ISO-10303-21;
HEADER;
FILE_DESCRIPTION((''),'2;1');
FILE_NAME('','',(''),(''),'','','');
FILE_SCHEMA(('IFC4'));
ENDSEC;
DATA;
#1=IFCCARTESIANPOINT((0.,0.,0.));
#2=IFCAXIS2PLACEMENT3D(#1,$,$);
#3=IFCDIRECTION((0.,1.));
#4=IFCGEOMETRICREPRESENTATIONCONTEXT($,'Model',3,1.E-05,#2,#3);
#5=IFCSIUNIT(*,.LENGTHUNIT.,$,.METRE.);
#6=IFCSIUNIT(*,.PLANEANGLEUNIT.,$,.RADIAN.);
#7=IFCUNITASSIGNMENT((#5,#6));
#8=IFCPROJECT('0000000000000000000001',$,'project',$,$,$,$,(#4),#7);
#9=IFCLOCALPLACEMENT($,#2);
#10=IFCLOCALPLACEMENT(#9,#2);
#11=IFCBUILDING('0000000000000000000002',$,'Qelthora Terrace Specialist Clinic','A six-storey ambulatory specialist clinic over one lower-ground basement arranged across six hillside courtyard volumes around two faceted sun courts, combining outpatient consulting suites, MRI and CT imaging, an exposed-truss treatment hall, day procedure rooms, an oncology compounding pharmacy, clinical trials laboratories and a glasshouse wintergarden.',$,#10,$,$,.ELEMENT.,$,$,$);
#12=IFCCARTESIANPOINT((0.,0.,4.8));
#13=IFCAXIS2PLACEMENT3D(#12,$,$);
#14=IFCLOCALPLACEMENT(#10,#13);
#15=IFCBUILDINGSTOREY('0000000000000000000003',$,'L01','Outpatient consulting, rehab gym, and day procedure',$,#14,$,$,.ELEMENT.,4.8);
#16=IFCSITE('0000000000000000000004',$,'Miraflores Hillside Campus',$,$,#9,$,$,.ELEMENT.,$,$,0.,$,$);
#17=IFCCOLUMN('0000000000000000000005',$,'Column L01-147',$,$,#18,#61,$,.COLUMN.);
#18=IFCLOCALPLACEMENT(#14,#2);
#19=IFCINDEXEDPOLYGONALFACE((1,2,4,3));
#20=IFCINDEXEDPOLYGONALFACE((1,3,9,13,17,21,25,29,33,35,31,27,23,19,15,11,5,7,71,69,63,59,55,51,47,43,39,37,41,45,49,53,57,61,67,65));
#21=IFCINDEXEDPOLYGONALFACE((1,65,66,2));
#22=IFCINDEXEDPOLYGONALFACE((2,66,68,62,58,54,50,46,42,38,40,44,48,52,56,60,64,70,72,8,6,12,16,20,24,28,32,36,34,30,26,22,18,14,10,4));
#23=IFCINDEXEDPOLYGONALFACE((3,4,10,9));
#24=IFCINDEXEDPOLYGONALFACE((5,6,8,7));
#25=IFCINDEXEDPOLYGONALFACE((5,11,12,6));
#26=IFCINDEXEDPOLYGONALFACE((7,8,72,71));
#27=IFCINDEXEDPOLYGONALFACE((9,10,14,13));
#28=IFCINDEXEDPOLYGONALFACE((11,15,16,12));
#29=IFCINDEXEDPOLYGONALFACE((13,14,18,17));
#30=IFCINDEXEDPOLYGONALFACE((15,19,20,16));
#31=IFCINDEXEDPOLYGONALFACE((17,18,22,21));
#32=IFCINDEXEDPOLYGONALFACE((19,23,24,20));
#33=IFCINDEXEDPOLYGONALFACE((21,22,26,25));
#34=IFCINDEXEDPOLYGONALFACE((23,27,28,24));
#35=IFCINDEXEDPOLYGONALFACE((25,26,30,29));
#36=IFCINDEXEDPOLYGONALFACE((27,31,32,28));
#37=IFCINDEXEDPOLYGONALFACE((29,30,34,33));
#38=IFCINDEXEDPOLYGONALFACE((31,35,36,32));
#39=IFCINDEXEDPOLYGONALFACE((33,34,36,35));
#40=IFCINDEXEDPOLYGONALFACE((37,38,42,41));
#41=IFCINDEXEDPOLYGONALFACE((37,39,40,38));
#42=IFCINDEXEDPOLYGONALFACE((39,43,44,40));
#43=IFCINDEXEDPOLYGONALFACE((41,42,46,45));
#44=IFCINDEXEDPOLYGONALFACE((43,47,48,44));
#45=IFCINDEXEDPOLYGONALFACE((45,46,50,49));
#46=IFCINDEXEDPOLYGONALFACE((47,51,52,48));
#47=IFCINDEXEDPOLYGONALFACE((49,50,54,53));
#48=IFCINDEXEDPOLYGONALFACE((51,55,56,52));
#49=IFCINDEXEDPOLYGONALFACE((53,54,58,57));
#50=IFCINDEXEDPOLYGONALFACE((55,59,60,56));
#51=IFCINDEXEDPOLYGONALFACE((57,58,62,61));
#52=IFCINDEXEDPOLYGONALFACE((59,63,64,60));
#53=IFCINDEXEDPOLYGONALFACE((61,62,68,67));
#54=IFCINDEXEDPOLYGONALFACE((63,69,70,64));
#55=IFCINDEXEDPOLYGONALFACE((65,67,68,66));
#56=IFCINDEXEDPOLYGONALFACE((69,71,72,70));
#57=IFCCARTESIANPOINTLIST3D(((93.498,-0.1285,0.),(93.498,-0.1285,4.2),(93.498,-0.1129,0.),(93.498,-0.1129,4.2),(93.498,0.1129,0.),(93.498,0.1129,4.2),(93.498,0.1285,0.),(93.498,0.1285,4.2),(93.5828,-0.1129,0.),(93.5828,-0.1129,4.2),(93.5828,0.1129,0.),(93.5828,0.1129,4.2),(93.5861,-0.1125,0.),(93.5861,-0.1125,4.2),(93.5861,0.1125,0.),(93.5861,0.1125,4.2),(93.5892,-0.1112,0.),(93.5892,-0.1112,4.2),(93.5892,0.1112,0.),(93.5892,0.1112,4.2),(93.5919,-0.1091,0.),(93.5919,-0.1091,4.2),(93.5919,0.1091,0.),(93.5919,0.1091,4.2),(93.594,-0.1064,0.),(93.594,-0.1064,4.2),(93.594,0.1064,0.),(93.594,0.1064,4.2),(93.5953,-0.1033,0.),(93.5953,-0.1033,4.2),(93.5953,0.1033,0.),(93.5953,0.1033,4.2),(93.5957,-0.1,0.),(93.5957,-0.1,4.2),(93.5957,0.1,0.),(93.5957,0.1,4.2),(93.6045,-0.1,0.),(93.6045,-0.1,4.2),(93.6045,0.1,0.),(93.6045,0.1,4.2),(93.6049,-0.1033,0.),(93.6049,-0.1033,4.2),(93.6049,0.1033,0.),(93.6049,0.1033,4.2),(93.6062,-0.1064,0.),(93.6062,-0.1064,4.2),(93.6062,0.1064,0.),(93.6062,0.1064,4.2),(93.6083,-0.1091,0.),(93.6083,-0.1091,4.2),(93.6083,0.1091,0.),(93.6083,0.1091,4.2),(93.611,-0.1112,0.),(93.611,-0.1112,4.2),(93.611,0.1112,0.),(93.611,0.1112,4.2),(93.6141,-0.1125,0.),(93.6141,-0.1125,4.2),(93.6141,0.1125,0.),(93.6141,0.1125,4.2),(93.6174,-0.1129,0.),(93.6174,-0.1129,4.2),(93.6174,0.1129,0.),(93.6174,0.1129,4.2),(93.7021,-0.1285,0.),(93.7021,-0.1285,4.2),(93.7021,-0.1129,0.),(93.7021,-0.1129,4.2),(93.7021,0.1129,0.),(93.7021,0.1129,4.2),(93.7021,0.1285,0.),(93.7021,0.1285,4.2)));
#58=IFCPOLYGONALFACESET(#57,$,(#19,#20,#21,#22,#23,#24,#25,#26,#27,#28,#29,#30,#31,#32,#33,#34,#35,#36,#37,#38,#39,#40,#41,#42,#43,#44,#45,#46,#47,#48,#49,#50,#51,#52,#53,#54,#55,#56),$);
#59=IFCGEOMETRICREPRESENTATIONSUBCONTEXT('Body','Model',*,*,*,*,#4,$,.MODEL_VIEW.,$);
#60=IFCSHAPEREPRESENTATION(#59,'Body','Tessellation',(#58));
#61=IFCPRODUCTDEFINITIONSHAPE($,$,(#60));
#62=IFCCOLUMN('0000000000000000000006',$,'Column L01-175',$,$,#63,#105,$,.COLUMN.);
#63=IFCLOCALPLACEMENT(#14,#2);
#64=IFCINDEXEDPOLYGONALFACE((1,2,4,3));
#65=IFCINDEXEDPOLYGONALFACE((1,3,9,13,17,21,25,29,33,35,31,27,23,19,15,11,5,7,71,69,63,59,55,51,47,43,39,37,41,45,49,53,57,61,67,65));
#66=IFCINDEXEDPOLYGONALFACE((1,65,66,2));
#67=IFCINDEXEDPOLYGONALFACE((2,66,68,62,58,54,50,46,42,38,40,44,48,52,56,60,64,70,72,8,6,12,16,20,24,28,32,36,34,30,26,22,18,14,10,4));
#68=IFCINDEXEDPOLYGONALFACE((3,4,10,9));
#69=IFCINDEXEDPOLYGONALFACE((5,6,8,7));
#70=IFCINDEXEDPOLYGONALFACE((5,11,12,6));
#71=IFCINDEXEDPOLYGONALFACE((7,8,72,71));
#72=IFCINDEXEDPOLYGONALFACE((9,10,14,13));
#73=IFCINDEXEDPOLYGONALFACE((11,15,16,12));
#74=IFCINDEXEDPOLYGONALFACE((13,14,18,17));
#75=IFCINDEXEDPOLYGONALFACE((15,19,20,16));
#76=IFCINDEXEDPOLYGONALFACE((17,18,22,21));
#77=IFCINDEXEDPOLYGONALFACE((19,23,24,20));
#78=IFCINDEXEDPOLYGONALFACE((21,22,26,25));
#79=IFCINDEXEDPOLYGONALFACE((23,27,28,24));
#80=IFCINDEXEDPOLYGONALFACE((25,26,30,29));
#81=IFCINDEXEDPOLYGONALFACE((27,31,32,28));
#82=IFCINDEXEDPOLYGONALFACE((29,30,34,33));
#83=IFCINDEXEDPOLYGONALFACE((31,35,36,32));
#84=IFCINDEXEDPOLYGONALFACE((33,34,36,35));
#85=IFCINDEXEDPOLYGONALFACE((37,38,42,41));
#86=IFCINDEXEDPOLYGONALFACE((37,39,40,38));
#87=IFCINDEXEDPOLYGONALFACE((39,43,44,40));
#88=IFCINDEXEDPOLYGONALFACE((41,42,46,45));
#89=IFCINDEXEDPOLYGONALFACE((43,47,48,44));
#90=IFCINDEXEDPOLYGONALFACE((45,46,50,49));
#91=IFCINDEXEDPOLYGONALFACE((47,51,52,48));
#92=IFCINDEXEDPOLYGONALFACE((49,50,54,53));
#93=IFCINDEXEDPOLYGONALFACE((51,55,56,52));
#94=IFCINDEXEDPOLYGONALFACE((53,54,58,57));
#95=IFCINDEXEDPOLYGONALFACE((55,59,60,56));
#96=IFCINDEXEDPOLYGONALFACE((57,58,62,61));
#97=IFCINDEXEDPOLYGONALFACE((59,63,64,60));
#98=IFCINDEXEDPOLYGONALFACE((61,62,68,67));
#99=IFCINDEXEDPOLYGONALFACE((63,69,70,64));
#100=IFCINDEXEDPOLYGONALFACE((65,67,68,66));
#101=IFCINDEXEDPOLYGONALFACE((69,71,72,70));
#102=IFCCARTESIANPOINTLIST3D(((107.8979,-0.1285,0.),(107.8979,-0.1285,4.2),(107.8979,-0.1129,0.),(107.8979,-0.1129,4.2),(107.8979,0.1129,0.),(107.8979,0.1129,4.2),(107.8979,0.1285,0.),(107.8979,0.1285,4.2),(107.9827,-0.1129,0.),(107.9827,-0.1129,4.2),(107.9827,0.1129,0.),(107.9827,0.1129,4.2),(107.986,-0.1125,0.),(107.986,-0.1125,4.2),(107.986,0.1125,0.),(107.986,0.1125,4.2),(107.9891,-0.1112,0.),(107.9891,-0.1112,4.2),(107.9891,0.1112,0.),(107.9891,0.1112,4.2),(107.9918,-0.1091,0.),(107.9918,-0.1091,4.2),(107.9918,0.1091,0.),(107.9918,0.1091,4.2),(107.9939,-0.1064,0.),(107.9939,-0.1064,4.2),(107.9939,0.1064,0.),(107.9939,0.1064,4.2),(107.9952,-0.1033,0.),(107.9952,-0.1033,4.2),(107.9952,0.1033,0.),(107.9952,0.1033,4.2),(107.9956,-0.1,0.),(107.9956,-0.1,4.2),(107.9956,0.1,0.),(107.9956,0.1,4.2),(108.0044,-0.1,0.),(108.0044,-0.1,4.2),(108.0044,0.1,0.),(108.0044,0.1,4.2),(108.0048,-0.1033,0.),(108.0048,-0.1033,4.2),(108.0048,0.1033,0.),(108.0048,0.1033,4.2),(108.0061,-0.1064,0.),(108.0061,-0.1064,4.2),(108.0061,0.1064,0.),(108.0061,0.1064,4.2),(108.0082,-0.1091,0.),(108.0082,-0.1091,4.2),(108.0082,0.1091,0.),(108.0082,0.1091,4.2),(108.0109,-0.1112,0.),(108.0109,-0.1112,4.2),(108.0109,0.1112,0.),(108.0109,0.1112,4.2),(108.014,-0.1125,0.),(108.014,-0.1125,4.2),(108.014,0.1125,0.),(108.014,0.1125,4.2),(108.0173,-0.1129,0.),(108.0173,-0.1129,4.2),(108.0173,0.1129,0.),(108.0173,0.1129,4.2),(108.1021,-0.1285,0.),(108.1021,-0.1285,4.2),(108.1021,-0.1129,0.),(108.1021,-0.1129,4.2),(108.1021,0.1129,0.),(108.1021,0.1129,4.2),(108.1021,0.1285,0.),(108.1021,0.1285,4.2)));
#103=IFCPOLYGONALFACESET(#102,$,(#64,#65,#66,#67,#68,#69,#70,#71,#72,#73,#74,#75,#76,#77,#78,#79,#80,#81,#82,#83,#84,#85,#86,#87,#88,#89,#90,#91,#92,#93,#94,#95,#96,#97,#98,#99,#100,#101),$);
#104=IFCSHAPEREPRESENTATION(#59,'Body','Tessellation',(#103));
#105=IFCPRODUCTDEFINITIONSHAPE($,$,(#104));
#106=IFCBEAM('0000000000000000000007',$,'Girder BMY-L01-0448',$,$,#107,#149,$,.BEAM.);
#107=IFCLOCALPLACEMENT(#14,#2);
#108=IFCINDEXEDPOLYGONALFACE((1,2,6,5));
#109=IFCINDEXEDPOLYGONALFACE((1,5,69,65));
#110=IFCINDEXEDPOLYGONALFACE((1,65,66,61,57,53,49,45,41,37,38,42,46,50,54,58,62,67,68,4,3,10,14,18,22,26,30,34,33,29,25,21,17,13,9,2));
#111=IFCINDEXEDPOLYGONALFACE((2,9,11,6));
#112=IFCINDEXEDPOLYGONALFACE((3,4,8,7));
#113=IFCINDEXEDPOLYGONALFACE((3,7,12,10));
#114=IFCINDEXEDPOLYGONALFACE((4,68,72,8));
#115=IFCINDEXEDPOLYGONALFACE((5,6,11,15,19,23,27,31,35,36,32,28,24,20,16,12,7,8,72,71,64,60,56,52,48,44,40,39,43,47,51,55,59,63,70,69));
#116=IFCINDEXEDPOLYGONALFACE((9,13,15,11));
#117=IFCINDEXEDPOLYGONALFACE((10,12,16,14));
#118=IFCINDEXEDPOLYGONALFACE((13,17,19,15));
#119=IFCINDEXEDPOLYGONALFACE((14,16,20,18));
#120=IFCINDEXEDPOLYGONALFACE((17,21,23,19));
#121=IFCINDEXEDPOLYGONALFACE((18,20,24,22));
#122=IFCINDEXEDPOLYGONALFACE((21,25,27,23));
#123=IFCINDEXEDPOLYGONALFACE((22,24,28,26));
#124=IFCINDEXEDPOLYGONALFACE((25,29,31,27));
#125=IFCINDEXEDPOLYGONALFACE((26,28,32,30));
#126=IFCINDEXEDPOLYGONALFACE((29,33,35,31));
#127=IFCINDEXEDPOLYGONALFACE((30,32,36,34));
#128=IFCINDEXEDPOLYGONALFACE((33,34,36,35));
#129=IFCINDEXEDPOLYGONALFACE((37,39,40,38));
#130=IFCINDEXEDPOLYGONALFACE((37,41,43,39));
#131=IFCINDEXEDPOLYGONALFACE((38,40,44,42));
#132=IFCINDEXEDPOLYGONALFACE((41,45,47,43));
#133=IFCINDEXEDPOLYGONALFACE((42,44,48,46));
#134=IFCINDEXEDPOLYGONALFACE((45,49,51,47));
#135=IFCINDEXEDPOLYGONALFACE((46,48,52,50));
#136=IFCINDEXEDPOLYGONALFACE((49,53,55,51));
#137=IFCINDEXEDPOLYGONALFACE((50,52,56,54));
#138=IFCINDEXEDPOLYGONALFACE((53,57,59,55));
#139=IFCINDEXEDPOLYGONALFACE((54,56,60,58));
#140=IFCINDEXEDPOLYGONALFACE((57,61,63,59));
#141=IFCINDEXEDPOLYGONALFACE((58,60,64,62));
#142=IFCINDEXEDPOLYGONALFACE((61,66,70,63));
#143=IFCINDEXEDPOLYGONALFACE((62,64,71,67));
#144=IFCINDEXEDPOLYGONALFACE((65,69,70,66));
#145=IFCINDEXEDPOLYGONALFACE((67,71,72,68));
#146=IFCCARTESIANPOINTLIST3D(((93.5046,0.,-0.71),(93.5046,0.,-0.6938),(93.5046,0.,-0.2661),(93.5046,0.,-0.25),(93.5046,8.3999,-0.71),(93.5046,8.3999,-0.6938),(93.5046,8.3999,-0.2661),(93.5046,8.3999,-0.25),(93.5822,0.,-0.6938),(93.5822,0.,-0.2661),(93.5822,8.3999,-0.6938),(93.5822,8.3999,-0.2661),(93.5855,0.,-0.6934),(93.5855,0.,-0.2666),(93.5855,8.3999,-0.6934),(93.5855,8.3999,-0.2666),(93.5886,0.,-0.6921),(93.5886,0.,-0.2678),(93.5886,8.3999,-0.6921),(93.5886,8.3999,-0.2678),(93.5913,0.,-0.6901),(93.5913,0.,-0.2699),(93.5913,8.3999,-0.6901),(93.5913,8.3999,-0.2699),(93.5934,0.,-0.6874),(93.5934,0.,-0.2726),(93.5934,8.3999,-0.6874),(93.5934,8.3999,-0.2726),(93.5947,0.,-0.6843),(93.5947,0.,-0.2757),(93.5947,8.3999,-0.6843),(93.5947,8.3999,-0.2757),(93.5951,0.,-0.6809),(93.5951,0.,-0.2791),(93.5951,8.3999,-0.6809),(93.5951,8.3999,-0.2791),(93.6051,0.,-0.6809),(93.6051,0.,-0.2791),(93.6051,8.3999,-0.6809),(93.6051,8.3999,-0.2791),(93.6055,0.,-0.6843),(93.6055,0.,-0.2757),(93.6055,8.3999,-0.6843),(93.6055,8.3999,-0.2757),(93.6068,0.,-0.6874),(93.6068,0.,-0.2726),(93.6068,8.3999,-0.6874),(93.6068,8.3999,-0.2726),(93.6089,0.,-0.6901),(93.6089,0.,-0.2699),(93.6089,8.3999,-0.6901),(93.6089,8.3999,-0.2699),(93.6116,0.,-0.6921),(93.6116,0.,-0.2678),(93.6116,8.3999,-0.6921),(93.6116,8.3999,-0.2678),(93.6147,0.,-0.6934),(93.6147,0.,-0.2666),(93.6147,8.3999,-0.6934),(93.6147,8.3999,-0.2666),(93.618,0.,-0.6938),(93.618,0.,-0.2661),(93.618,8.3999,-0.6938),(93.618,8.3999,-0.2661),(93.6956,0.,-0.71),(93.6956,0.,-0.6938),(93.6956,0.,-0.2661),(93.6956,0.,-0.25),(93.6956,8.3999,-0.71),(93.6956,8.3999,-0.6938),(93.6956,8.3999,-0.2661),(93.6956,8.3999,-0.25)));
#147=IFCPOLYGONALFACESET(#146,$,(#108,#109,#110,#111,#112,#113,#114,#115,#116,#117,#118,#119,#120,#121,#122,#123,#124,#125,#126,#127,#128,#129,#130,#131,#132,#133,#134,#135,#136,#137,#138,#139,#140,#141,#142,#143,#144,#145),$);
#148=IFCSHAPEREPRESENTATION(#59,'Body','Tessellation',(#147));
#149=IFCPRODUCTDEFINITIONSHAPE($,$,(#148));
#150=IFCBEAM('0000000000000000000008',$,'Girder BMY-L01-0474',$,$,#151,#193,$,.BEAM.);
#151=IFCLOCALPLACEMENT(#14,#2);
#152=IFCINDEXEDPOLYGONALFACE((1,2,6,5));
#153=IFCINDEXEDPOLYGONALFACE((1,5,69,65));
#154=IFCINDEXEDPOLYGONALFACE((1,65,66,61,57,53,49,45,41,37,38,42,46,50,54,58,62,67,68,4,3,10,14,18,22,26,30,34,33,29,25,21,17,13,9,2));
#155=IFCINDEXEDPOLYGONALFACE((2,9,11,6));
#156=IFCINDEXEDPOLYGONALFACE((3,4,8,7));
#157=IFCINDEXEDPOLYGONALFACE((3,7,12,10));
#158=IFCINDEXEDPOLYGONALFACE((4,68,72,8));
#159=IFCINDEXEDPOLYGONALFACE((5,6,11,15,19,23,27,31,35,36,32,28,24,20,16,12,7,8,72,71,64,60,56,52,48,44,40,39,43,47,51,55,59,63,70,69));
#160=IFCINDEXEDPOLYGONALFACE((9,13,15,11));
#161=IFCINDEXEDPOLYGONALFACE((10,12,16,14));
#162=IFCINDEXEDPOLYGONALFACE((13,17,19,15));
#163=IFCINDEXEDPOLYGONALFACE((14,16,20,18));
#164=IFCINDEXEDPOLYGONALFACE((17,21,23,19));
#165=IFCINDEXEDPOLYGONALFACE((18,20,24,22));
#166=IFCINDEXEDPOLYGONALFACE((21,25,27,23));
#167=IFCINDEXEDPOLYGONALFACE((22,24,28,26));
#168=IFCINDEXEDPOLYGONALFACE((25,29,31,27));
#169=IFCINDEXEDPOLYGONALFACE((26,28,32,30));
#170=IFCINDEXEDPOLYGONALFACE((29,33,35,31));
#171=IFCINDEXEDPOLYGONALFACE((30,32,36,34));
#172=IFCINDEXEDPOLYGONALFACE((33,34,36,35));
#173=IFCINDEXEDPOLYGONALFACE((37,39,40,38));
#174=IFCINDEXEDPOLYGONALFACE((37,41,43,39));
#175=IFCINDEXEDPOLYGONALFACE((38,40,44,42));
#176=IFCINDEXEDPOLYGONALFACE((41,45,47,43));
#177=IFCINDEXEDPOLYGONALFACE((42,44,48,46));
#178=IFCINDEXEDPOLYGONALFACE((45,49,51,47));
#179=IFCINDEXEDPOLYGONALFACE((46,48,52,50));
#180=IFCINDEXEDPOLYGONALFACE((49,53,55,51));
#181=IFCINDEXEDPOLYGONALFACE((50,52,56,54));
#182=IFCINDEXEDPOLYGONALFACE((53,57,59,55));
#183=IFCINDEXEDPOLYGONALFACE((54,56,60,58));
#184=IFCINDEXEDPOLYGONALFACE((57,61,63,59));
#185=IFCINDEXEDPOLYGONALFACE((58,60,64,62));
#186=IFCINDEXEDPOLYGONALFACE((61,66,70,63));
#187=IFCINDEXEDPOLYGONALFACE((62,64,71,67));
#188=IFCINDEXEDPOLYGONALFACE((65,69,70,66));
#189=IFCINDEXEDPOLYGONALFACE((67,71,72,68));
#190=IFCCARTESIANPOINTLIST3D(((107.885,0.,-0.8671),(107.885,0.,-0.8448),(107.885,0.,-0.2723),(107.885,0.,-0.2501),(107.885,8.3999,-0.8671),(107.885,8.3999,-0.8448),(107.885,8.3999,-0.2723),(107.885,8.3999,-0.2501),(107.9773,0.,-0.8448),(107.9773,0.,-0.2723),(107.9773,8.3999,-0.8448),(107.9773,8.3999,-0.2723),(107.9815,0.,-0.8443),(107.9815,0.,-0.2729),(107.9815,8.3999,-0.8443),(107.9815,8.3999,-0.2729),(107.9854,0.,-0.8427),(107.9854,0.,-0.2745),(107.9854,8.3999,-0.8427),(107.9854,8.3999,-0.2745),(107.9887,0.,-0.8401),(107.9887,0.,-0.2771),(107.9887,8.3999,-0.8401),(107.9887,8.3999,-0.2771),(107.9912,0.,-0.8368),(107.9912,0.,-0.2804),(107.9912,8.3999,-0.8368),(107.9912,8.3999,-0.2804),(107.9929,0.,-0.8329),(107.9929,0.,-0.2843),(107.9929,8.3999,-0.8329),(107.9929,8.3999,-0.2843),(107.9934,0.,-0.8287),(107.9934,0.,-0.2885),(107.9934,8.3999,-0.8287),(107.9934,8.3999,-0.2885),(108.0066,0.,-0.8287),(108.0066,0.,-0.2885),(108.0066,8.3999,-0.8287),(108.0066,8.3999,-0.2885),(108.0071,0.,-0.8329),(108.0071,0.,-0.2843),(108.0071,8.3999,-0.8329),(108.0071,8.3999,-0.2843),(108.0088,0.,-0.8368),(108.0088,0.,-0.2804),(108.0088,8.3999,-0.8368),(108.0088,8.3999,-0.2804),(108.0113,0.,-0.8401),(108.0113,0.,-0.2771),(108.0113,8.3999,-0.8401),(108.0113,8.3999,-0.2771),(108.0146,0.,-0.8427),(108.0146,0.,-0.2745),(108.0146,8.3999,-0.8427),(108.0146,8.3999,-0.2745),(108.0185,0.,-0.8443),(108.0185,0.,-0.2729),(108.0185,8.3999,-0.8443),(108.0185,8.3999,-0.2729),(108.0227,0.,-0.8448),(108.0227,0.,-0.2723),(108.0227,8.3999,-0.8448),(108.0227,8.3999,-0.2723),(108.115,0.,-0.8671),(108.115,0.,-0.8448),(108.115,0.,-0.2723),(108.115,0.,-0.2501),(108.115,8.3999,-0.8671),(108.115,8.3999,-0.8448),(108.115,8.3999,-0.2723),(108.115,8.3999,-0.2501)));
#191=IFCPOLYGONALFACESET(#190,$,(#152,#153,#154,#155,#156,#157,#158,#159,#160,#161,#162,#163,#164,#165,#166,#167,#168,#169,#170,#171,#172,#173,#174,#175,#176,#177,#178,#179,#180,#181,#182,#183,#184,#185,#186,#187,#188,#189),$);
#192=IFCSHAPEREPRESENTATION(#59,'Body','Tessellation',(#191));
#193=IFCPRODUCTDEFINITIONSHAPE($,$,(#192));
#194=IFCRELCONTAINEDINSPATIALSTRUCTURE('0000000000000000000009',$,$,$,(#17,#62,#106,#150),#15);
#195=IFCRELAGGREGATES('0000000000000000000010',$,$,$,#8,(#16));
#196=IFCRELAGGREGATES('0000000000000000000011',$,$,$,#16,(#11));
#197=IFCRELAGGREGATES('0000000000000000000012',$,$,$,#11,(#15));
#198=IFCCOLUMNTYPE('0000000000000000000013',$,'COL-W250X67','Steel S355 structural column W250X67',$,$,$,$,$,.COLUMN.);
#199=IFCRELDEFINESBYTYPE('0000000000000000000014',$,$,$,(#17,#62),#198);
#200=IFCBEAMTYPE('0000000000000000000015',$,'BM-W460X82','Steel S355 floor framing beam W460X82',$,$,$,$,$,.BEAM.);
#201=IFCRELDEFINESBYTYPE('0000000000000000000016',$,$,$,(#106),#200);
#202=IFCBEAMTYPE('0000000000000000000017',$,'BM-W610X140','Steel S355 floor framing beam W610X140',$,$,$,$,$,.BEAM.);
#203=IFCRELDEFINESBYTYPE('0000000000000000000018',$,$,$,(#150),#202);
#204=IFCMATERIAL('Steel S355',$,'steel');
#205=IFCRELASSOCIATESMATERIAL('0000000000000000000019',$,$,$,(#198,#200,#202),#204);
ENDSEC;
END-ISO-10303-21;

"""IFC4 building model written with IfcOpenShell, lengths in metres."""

from ifc_helpers import new_model, si_unit, direction, frame, origin, origin_2d, place, context, subcontext, project, spatial, i_section, extrude, material, material_profile, profile_set, type_object, element, save


model = new_model("IFC4")

# Units and contexts
model_context = context("Model", 3, precision=1e-05, world=origin(), true_north=direction((0.0, 1.0)))
body_context = subcontext(model_context, "Body", "Model", "MODEL_VIEW")
ifc_project = project(units=[si_unit("LENGTHUNIT", "METRE"), si_unit("PLANEANGLEUNIT", "RADIAN")], contexts=[model_context])

# Site, building, storey
site_placement = place(None, origin())
site = spatial("IfcSite", under=ifc_project, at=site_placement, Name="Miraflores Hillside Campus", CompositionType="ELEMENT", RefElevation=0.0)
building_placement = place(site_placement, origin())
building = spatial("IfcBuilding", under=site, at=building_placement, Name="Qelthora Terrace Specialist Clinic", Description="A six-storey ambulatory specialist clinic over one lower-ground basement arranged across six hillside courtyard volumes around two faceted sun courts, combining outpatient consulting suites, MRI and CT imaging, an exposed-truss treatment hall, day procedure rooms, an oncology compounding pharmacy, clinical trials laboratories and a glasshouse wintergarden.", CompositionType="ELEMENT")
storey_placement = place(building_placement, frame((0.0, 0.0, 4.8)))
storey = spatial("IfcBuildingStorey", under=building, at=storey_placement, Name="L01", Description="Outpatient consulting, rehab gym, and day procedure", CompositionType="ELEMENT", Elevation=4.8)

# Columns
ifc_material_1 = material(Name="Steel S355", Category="steel")
ifc_material_profile_1 = material_profile(ifc_material_1, i_section(OverallWidth=0.2041, OverallDepth=0.2571, WebThickness=0.0088, FlangeThickness=0.0156, FilletRadius=0.0129, at=origin_2d()), Name="W250X67")
ifc_profile_set_1 = profile_set([ifc_material_profile_1], Name="Steel S355")
column_type = type_object("IfcColumnType", Name="COL-W250X67", Description="Steel S355 structural column W250X67", PredefinedType="COLUMN", material=ifc_profile_set_1)
for number, where, z_axis, x_axis, name in (
    (1, (93.6001, 0.0, 0.0), (0.0, 0.0, 1.0), (1.0, 0.0, 0.0), "Column L01-147"),
    (2, (108.0, 0.0, 0.0), (0.0, 0.0, 1.0), (1.0, 0.0, 0.0), "Column L01-175"),
):
    element("IfcColumn", number, at=place(storey_placement, frame(where, z_axis=z_axis, x_axis=x_axis)), inside=storey, type_object=column_type, Name=name, PredefinedType="COLUMN", context=body_context, shape_type="SweptSolid", body=[
        extrude(i_section(OverallWidth=0.2041, OverallDepth=0.2571, WebThickness=0.0088, FlangeThickness=0.0156, FilletRadius=0.0129, at=origin_2d()), origin(), (0.0, 0.0, 1.0), 4.2),
    ])

# Beams
ifc_material_profile_2 = material_profile(ifc_material_1, i_section(OverallWidth=0.1909, OverallDepth=0.46, WebThickness=0.01, FlangeThickness=0.0161, FilletRadius=0.0129, at=origin_2d()), Name="W460X82")
ifc_profile_set_2 = profile_set([ifc_material_profile_2], Name="Steel S355")
beam_type_1 = type_object("IfcBeamType", Name="BM-W460X82", Description="Steel S355 floor framing beam W460X82", PredefinedType="BEAM", material=ifc_profile_set_2)
beam_1_placement = place(storey_placement, frame((93.6001, 0.0, -0.48), z_axis=(0.0, 1.0, 0.0), x_axis=(-1.0, 0.0, 0.0)))
element("IfcBeam", 3, at=beam_1_placement, inside=storey, type_object=beam_type_1, Name="Girder BMY-L01-0448", PredefinedType="BEAM", context=body_context, shape_type="SweptSolid", body=[
    extrude(i_section(OverallWidth=0.1909, OverallDepth=0.46, WebThickness=0.01, FlangeThickness=0.0161, FilletRadius=0.0129, at=origin_2d()), origin(), (0.0, 0.0, 1.0), 8.3999),
])
ifc_material_profile_3 = material_profile(ifc_material_1, i_section(OverallWidth=0.23, OverallDepth=0.6169, WebThickness=0.0132, FlangeThickness=0.0222, FilletRadius=0.0161, at=origin_2d()), Name="W610X140")
ifc_profile_set_3 = profile_set([ifc_material_profile_3], Name="Steel S355")
beam_type_2 = type_object("IfcBeamType", Name="BM-W610X140", Description="Steel S355 floor framing beam W610X140", PredefinedType="BEAM", material=ifc_profile_set_3)
beam_2_placement = place(storey_placement, frame((108.0, 0.0, -0.5586), z_axis=(0.0, 1.0, 0.0), x_axis=(-1.0, 0.0, 0.0)))
element("IfcBeam", 4, at=beam_2_placement, inside=storey, type_object=beam_type_2, Name="Girder BMY-L01-0474", PredefinedType="BEAM", context=body_context, shape_type="SweptSolid", body=[
    extrude(i_section(OverallWidth=0.23, OverallDepth=0.6169, WebThickness=0.0132, FlangeThickness=0.0222, FilletRadius=0.0161, at=origin_2d()), origin(), (0.0, 0.0, 1.0), 8.3999),
])

save(model, "model.ifc")
